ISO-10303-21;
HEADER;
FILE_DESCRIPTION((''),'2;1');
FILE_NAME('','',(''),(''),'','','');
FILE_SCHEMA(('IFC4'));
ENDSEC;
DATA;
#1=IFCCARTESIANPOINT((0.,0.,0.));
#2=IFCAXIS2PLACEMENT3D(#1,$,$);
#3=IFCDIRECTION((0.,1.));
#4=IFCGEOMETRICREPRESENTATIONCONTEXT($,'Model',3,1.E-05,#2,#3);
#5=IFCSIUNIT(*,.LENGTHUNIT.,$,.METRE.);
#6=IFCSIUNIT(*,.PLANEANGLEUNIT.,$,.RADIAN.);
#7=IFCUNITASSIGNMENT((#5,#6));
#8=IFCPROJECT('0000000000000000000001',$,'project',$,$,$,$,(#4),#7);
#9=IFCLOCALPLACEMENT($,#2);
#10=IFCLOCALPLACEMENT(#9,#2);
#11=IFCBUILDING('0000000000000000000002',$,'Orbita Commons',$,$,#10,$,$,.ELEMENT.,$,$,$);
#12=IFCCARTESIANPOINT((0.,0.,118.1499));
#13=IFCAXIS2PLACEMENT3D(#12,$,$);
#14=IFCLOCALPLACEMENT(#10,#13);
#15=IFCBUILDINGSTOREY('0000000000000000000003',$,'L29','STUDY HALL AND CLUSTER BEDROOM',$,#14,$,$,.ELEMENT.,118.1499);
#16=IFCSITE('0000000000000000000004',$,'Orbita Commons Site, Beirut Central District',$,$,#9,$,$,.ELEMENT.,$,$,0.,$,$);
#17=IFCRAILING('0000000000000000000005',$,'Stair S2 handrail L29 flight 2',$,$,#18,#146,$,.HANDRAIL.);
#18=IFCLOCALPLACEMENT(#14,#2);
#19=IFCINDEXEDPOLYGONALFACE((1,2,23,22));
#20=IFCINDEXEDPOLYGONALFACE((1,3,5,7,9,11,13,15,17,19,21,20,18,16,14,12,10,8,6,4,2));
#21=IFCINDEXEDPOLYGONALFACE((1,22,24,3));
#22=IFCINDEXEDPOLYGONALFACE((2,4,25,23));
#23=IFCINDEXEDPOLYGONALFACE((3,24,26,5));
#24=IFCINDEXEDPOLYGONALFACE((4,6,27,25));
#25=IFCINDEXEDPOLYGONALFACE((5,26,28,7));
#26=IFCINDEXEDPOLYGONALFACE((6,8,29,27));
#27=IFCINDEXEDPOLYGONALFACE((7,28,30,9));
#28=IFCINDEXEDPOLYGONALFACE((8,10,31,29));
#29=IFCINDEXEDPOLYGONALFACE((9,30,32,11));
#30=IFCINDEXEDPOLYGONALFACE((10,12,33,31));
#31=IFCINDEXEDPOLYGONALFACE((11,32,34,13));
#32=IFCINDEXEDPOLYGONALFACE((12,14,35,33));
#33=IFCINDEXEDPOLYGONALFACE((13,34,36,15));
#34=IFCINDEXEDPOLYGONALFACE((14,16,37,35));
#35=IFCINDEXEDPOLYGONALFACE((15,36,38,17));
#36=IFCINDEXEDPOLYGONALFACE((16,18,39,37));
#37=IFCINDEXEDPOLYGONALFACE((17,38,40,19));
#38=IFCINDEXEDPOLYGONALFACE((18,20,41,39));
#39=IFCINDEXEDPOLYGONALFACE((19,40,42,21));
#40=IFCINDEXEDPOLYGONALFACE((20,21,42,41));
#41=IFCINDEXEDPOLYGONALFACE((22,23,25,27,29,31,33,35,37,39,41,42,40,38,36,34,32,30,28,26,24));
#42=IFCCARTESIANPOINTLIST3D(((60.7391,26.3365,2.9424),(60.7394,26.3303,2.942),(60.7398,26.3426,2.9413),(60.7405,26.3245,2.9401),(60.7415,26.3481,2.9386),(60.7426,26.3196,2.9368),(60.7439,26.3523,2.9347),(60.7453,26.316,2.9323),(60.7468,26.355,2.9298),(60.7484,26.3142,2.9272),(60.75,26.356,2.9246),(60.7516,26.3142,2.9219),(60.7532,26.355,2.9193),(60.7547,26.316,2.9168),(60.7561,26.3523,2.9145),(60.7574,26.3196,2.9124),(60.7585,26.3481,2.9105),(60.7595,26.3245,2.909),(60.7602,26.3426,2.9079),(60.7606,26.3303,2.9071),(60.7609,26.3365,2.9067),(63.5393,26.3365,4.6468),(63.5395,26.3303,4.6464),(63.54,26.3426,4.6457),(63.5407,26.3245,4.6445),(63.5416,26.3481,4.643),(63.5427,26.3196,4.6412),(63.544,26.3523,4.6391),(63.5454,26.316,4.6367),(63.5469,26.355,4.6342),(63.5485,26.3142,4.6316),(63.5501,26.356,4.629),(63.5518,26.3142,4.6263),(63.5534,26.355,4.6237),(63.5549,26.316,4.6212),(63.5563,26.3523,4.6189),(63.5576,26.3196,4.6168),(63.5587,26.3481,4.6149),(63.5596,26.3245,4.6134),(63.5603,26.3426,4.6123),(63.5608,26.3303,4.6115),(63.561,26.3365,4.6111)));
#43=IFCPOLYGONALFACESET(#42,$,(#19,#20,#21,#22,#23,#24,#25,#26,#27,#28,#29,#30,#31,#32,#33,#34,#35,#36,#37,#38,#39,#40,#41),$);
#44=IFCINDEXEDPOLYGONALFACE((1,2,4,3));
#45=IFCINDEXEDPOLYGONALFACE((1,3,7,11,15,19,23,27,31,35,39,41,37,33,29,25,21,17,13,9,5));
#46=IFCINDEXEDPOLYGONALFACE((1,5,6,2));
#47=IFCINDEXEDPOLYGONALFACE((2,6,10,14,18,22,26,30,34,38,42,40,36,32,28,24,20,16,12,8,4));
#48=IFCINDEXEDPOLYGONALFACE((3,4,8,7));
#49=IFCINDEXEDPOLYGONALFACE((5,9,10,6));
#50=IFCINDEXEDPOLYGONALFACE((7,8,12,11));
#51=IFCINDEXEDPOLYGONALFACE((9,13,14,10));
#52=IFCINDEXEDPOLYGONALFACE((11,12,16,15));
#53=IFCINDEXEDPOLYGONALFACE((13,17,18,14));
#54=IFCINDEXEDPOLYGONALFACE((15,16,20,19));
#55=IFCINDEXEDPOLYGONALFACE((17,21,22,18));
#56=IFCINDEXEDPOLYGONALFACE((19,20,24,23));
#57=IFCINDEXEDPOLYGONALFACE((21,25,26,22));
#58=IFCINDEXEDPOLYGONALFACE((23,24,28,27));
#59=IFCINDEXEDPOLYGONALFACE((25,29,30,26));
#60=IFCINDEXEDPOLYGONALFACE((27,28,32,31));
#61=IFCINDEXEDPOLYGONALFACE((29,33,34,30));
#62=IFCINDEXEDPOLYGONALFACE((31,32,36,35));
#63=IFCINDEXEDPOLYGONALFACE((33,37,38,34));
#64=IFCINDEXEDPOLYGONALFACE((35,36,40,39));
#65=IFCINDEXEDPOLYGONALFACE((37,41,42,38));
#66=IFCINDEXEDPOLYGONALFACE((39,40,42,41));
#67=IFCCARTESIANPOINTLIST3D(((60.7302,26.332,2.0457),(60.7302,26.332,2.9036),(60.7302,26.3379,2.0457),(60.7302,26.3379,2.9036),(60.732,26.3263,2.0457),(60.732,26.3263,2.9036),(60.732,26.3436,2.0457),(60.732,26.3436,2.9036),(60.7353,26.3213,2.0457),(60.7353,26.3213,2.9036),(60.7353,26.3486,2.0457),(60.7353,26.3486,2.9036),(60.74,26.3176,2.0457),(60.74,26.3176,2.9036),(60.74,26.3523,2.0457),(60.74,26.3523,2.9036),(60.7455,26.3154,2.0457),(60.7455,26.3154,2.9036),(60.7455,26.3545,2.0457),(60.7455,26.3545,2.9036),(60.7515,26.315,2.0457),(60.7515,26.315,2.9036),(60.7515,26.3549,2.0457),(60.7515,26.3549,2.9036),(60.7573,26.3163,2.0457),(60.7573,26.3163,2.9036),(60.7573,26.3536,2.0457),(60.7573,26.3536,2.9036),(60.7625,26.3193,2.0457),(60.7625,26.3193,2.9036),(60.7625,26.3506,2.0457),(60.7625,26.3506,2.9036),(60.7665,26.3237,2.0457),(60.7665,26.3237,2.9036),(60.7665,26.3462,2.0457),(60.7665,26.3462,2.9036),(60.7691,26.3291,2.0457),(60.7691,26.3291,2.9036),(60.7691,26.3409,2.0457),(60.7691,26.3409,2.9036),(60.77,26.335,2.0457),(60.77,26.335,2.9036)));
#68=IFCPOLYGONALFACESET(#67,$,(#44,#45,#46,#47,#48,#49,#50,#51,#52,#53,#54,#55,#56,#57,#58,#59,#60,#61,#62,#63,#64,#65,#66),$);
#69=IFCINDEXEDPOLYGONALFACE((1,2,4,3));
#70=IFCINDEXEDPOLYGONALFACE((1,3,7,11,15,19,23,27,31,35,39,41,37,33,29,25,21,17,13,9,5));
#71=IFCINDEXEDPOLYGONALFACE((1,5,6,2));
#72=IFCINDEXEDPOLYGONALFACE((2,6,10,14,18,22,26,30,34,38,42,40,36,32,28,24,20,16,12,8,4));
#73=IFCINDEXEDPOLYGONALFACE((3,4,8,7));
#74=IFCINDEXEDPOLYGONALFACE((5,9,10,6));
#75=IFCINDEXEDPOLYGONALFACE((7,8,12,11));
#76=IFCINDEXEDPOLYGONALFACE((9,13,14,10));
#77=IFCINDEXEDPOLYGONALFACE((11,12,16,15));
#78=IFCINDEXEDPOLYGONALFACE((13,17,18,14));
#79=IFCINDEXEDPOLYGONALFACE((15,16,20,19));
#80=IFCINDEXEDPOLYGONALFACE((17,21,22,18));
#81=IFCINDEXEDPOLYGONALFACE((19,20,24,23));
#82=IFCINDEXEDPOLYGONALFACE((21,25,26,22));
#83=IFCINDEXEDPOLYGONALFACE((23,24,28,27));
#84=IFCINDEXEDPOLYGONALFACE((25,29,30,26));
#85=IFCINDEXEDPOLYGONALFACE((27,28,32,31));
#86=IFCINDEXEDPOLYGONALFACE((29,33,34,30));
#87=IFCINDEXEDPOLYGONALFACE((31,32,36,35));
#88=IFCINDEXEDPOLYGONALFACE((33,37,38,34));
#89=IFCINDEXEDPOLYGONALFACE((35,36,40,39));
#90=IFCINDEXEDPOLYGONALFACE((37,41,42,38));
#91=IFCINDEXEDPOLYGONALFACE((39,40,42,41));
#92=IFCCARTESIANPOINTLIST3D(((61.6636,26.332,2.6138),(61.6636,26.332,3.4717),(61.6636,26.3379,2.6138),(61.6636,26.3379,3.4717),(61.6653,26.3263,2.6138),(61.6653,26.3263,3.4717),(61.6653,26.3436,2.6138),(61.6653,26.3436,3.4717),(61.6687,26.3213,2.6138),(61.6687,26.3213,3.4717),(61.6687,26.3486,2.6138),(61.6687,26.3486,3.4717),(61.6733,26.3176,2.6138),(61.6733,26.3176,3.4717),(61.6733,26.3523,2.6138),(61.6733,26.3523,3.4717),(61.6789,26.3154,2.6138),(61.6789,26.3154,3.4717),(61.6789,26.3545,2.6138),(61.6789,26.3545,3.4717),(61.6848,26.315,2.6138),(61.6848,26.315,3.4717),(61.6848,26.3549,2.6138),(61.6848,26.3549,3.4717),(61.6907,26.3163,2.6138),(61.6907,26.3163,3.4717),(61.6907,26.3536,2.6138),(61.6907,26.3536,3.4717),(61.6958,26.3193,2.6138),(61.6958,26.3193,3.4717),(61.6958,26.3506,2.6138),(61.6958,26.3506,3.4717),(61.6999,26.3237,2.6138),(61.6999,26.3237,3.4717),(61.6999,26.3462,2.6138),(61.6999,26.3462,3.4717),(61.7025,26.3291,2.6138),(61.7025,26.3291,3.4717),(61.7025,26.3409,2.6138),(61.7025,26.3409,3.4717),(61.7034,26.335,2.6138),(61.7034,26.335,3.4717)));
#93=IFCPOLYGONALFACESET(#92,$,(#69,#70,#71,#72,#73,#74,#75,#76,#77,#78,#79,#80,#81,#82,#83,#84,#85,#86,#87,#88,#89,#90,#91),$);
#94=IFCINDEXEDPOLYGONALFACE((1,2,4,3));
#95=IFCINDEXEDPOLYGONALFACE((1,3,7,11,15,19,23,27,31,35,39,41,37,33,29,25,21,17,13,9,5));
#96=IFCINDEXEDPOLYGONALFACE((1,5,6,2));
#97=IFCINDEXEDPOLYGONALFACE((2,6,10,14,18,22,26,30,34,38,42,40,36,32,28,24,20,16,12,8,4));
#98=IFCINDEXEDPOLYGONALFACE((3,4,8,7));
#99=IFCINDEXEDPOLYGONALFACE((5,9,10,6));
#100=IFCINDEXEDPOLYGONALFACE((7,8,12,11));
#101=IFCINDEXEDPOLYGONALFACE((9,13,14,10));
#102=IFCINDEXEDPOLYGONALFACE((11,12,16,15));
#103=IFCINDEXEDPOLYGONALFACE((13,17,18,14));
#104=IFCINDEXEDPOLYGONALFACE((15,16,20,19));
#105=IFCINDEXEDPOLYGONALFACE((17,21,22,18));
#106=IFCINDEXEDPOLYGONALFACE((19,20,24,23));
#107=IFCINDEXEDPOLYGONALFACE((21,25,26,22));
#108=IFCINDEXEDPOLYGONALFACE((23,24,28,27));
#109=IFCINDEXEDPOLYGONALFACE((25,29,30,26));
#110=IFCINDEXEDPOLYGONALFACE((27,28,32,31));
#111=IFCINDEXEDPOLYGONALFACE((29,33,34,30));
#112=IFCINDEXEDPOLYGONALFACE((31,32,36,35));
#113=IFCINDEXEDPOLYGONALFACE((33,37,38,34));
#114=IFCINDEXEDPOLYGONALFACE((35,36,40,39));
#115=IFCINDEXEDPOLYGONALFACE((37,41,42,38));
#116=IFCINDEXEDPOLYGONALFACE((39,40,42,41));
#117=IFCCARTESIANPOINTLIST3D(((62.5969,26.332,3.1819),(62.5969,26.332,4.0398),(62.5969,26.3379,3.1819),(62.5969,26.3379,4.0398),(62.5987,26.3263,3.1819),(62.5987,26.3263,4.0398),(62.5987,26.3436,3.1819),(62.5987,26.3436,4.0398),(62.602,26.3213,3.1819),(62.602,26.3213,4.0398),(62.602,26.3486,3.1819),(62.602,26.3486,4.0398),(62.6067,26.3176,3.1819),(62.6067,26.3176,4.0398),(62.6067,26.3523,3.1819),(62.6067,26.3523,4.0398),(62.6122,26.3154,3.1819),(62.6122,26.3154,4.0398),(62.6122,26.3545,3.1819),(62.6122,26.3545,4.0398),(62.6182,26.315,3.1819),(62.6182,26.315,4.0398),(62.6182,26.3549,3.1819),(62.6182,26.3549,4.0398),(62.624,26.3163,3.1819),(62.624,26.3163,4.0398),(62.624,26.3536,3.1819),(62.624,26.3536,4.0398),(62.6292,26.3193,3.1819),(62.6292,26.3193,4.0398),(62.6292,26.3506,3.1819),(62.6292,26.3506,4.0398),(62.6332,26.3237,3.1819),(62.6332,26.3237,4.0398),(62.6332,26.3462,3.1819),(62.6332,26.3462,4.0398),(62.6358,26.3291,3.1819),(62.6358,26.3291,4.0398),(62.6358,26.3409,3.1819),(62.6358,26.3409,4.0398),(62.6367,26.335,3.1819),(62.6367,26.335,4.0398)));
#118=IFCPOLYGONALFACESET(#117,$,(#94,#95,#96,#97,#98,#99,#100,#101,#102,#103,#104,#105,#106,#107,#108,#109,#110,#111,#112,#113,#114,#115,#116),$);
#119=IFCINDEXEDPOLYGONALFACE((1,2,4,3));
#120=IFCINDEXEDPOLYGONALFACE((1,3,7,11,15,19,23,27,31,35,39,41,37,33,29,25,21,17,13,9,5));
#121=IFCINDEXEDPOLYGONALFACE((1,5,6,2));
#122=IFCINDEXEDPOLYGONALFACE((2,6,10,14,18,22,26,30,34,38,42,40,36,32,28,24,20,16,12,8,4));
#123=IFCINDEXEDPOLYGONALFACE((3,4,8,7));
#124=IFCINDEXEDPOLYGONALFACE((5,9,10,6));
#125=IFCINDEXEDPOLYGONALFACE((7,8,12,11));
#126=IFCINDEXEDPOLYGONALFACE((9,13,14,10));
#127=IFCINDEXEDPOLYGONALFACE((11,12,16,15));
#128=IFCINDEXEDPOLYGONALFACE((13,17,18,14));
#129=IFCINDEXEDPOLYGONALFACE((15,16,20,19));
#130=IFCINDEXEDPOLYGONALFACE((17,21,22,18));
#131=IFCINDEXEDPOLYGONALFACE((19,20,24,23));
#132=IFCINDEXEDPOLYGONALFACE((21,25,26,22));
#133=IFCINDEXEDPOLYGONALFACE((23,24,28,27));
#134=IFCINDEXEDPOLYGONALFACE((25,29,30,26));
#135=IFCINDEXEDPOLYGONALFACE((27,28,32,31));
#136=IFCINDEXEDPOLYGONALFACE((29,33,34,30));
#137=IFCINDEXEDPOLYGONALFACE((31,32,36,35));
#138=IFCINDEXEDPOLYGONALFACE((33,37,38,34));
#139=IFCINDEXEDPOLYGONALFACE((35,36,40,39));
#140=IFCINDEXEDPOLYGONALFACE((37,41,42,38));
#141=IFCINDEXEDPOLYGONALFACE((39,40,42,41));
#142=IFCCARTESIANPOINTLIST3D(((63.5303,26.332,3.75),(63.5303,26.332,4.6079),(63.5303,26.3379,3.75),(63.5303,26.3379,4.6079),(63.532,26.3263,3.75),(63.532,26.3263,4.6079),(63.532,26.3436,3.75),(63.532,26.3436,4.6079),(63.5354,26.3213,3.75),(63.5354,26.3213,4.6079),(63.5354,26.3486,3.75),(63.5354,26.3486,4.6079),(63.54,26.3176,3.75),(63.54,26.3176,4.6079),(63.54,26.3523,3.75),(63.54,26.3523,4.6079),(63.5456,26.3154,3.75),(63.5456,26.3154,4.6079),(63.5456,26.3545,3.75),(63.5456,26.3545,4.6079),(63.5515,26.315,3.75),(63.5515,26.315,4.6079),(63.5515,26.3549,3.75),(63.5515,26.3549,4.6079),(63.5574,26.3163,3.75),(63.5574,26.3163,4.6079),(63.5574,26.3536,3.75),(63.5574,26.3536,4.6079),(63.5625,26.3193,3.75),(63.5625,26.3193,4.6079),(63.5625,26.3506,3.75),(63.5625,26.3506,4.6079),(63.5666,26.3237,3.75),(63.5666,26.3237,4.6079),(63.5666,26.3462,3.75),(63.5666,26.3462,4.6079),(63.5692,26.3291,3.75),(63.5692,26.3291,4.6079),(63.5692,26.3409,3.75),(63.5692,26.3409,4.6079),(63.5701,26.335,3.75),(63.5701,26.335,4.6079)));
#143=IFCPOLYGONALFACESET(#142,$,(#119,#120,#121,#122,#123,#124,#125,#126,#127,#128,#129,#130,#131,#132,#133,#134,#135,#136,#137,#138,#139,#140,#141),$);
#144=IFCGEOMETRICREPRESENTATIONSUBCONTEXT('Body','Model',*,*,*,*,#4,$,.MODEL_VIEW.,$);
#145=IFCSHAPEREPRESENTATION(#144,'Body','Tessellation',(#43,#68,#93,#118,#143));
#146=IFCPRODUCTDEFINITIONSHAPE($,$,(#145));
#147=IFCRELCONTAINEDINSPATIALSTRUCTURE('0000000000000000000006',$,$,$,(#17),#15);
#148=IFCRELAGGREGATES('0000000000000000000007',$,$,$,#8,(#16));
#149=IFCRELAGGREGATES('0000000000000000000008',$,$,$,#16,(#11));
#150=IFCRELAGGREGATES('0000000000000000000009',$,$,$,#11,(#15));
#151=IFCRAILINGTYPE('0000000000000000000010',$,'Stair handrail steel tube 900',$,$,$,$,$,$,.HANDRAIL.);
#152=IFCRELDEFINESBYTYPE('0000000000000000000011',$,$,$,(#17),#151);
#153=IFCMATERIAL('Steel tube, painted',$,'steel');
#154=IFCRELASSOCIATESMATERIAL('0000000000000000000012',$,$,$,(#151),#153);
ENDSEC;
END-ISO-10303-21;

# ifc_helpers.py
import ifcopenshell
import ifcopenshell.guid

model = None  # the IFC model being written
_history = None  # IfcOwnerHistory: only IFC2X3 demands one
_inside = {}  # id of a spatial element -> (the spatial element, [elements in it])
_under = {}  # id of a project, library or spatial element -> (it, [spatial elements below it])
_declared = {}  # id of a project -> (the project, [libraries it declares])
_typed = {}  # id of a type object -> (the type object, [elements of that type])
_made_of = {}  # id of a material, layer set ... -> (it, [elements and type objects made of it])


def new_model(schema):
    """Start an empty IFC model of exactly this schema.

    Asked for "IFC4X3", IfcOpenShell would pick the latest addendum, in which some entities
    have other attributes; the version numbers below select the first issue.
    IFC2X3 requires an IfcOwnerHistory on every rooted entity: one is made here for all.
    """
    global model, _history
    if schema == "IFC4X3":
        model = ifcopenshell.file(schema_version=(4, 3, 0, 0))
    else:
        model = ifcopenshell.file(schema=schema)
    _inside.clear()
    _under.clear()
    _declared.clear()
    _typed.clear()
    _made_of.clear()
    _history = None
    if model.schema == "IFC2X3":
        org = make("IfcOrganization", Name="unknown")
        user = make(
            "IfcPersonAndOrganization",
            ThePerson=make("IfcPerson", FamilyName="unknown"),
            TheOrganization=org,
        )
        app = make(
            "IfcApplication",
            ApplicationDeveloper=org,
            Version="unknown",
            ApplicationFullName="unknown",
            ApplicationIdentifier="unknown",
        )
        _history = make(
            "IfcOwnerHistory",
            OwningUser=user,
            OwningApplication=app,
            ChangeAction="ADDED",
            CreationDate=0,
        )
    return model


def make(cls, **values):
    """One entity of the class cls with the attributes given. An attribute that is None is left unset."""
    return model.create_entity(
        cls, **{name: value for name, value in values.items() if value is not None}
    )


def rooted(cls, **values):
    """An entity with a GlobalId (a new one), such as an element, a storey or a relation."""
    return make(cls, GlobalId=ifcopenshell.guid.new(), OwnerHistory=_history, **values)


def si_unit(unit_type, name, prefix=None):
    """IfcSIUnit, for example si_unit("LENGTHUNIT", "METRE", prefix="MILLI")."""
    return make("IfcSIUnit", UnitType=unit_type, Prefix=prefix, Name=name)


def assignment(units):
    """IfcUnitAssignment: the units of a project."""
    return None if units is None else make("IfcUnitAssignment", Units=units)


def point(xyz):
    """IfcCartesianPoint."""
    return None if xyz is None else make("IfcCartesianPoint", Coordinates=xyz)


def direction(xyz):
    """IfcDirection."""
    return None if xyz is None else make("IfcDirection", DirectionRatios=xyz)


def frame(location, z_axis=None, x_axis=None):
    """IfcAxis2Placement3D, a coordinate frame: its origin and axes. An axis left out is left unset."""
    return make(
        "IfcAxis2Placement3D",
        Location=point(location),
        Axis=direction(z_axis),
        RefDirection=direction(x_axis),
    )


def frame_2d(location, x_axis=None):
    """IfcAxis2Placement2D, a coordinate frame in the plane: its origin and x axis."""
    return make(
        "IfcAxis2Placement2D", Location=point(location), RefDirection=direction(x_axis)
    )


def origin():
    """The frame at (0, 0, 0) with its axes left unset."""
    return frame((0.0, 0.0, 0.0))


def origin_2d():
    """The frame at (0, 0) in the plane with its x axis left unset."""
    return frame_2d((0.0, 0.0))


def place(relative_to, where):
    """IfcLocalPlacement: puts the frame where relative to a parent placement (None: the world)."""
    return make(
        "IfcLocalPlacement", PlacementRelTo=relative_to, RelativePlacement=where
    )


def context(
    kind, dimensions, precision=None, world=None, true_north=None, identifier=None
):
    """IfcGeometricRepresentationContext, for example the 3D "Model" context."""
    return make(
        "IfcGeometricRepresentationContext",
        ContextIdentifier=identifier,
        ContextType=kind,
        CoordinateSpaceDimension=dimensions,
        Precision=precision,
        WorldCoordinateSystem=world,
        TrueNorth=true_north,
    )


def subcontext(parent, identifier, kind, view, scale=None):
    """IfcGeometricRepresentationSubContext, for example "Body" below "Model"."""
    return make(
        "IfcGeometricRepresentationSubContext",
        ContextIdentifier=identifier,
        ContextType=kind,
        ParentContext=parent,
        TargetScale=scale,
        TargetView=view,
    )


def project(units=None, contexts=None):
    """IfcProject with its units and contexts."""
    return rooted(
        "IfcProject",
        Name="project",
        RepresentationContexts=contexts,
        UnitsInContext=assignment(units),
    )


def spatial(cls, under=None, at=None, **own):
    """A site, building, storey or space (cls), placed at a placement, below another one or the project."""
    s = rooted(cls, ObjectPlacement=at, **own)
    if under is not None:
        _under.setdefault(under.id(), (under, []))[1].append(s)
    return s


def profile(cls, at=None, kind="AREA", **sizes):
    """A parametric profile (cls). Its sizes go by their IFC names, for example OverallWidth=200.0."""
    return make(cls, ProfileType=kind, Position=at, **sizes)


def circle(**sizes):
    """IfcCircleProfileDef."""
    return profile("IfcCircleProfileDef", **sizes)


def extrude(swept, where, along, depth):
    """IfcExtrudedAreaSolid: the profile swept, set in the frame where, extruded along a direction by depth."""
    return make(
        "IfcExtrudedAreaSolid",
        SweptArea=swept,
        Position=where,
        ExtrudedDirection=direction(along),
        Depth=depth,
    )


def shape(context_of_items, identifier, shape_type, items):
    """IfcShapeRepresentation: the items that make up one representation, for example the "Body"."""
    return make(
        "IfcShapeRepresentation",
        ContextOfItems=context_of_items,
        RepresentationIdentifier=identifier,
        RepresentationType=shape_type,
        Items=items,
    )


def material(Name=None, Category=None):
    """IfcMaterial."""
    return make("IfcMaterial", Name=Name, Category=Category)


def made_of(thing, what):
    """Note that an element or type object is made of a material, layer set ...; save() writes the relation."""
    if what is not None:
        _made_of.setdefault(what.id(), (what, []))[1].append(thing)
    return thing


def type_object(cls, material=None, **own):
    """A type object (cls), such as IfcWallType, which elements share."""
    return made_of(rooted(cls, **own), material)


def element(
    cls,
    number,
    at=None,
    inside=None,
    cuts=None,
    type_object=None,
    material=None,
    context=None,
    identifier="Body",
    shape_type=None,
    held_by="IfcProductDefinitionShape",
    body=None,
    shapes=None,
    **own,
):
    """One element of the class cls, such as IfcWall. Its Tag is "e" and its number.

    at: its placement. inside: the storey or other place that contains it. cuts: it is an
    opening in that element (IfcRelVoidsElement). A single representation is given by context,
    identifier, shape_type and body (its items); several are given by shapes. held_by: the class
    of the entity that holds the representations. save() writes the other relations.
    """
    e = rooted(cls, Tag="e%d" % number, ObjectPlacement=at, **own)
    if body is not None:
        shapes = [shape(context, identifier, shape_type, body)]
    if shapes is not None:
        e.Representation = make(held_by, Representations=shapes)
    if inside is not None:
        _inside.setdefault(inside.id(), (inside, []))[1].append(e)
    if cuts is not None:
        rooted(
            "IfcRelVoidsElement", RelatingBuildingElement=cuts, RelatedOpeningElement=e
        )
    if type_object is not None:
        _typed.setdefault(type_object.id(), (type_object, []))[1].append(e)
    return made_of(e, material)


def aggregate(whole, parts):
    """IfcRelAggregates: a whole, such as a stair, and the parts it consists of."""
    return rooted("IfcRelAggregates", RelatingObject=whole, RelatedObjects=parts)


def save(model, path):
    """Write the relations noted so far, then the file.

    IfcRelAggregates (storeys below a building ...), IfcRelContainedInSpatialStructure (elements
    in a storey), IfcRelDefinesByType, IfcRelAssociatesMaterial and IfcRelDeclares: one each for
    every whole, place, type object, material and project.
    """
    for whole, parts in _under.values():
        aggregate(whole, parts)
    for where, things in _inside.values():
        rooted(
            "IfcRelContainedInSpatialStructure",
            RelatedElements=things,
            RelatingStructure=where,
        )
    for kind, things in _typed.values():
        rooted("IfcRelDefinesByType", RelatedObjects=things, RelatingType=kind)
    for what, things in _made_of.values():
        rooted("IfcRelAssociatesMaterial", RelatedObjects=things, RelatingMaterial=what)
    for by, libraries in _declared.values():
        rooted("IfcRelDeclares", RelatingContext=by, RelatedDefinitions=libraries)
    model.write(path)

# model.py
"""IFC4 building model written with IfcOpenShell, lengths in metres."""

from ifc_helpers import new_model, si_unit, direction, frame, origin, origin_2d, place, context, subcontext, project, spatial, circle, extrude, material, type_object, element, save


model = new_model("IFC4")

# Units and contexts
model_context = context("Model", 3, precision=1e-05, world=origin(), true_north=direction((0.0, 1.0)))
body_context = subcontext(model_context, "Body", "Model", "MODEL_VIEW")
ifc_project = project(units=[si_unit("LENGTHUNIT", "METRE"), si_unit("PLANEANGLEUNIT", "RADIAN")], contexts=[model_context])

# Site, building, storey
site_placement = place(None, origin())
site = spatial("IfcSite", under=ifc_project, at=site_placement, Name="Orbita Commons Site, Beirut Central District", CompositionType="ELEMENT", RefElevation=0.0)
building_placement = place(site_placement, origin())
building = spatial("IfcBuilding", under=site, at=building_placement, Name="Orbita Commons", CompositionType="ELEMENT")
storey_placement = place(building_placement, frame((0.0, 0.0, 118.1499)))
storey = spatial("IfcBuildingStorey", under=building, at=storey_placement, Name="L29", Description="STUDY HALL AND CLUSTER BEDROOM", CompositionType="ELEMENT", Elevation=118.1499)

# Railing
ifc_material_1 = material(Name="Steel tube, painted", Category="steel")
railing_type = type_object("IfcRailingType", Name="Stair handrail steel tube 900", PredefinedType="HANDRAIL", material=ifc_material_1)
for number, where, name in (
    (1, (60.75, 26.335, 2.0457), "Stair S2 handrail L29 flight 2"),
):
    element("IfcRailing", number, at=place(storey_placement, frame(where)), inside=storey, type_object=railing_type, Name=name, PredefinedType="HANDRAIL", context=body_context, shape_type="SweptSolid", body=[
        extrude(circle(Radius=0.021, at=origin_2d()), frame((0.0, 0.0, 0.8789), z_axis=(0.854203, 0.0, 0.51994), x_axis=(0.0, 1.0, 0.0)), (0.0, 0.0, 1.0), 3.2781),
        extrude(circle(Radius=0.02, at=origin_2d()), origin(), (0.0, 0.0, 1.0), 0.8579),
        extrude(circle(Radius=0.02, at=origin_2d()), frame((0.9333, 0.0, 0.5681)), (0.0, 0.0, 1.0), 0.8579),
        extrude(circle(Radius=0.02, at=origin_2d()), frame((1.8667, 0.0, 1.1362)), (0.0, 0.0, 1.0), 0.8579),
        extrude(circle(Radius=0.02, at=origin_2d()), frame((2.8, 0.0, 1.7043)), (0.0, 0.0, 1.0), 0.8579),
    ])

save(model, "model.ifc")
